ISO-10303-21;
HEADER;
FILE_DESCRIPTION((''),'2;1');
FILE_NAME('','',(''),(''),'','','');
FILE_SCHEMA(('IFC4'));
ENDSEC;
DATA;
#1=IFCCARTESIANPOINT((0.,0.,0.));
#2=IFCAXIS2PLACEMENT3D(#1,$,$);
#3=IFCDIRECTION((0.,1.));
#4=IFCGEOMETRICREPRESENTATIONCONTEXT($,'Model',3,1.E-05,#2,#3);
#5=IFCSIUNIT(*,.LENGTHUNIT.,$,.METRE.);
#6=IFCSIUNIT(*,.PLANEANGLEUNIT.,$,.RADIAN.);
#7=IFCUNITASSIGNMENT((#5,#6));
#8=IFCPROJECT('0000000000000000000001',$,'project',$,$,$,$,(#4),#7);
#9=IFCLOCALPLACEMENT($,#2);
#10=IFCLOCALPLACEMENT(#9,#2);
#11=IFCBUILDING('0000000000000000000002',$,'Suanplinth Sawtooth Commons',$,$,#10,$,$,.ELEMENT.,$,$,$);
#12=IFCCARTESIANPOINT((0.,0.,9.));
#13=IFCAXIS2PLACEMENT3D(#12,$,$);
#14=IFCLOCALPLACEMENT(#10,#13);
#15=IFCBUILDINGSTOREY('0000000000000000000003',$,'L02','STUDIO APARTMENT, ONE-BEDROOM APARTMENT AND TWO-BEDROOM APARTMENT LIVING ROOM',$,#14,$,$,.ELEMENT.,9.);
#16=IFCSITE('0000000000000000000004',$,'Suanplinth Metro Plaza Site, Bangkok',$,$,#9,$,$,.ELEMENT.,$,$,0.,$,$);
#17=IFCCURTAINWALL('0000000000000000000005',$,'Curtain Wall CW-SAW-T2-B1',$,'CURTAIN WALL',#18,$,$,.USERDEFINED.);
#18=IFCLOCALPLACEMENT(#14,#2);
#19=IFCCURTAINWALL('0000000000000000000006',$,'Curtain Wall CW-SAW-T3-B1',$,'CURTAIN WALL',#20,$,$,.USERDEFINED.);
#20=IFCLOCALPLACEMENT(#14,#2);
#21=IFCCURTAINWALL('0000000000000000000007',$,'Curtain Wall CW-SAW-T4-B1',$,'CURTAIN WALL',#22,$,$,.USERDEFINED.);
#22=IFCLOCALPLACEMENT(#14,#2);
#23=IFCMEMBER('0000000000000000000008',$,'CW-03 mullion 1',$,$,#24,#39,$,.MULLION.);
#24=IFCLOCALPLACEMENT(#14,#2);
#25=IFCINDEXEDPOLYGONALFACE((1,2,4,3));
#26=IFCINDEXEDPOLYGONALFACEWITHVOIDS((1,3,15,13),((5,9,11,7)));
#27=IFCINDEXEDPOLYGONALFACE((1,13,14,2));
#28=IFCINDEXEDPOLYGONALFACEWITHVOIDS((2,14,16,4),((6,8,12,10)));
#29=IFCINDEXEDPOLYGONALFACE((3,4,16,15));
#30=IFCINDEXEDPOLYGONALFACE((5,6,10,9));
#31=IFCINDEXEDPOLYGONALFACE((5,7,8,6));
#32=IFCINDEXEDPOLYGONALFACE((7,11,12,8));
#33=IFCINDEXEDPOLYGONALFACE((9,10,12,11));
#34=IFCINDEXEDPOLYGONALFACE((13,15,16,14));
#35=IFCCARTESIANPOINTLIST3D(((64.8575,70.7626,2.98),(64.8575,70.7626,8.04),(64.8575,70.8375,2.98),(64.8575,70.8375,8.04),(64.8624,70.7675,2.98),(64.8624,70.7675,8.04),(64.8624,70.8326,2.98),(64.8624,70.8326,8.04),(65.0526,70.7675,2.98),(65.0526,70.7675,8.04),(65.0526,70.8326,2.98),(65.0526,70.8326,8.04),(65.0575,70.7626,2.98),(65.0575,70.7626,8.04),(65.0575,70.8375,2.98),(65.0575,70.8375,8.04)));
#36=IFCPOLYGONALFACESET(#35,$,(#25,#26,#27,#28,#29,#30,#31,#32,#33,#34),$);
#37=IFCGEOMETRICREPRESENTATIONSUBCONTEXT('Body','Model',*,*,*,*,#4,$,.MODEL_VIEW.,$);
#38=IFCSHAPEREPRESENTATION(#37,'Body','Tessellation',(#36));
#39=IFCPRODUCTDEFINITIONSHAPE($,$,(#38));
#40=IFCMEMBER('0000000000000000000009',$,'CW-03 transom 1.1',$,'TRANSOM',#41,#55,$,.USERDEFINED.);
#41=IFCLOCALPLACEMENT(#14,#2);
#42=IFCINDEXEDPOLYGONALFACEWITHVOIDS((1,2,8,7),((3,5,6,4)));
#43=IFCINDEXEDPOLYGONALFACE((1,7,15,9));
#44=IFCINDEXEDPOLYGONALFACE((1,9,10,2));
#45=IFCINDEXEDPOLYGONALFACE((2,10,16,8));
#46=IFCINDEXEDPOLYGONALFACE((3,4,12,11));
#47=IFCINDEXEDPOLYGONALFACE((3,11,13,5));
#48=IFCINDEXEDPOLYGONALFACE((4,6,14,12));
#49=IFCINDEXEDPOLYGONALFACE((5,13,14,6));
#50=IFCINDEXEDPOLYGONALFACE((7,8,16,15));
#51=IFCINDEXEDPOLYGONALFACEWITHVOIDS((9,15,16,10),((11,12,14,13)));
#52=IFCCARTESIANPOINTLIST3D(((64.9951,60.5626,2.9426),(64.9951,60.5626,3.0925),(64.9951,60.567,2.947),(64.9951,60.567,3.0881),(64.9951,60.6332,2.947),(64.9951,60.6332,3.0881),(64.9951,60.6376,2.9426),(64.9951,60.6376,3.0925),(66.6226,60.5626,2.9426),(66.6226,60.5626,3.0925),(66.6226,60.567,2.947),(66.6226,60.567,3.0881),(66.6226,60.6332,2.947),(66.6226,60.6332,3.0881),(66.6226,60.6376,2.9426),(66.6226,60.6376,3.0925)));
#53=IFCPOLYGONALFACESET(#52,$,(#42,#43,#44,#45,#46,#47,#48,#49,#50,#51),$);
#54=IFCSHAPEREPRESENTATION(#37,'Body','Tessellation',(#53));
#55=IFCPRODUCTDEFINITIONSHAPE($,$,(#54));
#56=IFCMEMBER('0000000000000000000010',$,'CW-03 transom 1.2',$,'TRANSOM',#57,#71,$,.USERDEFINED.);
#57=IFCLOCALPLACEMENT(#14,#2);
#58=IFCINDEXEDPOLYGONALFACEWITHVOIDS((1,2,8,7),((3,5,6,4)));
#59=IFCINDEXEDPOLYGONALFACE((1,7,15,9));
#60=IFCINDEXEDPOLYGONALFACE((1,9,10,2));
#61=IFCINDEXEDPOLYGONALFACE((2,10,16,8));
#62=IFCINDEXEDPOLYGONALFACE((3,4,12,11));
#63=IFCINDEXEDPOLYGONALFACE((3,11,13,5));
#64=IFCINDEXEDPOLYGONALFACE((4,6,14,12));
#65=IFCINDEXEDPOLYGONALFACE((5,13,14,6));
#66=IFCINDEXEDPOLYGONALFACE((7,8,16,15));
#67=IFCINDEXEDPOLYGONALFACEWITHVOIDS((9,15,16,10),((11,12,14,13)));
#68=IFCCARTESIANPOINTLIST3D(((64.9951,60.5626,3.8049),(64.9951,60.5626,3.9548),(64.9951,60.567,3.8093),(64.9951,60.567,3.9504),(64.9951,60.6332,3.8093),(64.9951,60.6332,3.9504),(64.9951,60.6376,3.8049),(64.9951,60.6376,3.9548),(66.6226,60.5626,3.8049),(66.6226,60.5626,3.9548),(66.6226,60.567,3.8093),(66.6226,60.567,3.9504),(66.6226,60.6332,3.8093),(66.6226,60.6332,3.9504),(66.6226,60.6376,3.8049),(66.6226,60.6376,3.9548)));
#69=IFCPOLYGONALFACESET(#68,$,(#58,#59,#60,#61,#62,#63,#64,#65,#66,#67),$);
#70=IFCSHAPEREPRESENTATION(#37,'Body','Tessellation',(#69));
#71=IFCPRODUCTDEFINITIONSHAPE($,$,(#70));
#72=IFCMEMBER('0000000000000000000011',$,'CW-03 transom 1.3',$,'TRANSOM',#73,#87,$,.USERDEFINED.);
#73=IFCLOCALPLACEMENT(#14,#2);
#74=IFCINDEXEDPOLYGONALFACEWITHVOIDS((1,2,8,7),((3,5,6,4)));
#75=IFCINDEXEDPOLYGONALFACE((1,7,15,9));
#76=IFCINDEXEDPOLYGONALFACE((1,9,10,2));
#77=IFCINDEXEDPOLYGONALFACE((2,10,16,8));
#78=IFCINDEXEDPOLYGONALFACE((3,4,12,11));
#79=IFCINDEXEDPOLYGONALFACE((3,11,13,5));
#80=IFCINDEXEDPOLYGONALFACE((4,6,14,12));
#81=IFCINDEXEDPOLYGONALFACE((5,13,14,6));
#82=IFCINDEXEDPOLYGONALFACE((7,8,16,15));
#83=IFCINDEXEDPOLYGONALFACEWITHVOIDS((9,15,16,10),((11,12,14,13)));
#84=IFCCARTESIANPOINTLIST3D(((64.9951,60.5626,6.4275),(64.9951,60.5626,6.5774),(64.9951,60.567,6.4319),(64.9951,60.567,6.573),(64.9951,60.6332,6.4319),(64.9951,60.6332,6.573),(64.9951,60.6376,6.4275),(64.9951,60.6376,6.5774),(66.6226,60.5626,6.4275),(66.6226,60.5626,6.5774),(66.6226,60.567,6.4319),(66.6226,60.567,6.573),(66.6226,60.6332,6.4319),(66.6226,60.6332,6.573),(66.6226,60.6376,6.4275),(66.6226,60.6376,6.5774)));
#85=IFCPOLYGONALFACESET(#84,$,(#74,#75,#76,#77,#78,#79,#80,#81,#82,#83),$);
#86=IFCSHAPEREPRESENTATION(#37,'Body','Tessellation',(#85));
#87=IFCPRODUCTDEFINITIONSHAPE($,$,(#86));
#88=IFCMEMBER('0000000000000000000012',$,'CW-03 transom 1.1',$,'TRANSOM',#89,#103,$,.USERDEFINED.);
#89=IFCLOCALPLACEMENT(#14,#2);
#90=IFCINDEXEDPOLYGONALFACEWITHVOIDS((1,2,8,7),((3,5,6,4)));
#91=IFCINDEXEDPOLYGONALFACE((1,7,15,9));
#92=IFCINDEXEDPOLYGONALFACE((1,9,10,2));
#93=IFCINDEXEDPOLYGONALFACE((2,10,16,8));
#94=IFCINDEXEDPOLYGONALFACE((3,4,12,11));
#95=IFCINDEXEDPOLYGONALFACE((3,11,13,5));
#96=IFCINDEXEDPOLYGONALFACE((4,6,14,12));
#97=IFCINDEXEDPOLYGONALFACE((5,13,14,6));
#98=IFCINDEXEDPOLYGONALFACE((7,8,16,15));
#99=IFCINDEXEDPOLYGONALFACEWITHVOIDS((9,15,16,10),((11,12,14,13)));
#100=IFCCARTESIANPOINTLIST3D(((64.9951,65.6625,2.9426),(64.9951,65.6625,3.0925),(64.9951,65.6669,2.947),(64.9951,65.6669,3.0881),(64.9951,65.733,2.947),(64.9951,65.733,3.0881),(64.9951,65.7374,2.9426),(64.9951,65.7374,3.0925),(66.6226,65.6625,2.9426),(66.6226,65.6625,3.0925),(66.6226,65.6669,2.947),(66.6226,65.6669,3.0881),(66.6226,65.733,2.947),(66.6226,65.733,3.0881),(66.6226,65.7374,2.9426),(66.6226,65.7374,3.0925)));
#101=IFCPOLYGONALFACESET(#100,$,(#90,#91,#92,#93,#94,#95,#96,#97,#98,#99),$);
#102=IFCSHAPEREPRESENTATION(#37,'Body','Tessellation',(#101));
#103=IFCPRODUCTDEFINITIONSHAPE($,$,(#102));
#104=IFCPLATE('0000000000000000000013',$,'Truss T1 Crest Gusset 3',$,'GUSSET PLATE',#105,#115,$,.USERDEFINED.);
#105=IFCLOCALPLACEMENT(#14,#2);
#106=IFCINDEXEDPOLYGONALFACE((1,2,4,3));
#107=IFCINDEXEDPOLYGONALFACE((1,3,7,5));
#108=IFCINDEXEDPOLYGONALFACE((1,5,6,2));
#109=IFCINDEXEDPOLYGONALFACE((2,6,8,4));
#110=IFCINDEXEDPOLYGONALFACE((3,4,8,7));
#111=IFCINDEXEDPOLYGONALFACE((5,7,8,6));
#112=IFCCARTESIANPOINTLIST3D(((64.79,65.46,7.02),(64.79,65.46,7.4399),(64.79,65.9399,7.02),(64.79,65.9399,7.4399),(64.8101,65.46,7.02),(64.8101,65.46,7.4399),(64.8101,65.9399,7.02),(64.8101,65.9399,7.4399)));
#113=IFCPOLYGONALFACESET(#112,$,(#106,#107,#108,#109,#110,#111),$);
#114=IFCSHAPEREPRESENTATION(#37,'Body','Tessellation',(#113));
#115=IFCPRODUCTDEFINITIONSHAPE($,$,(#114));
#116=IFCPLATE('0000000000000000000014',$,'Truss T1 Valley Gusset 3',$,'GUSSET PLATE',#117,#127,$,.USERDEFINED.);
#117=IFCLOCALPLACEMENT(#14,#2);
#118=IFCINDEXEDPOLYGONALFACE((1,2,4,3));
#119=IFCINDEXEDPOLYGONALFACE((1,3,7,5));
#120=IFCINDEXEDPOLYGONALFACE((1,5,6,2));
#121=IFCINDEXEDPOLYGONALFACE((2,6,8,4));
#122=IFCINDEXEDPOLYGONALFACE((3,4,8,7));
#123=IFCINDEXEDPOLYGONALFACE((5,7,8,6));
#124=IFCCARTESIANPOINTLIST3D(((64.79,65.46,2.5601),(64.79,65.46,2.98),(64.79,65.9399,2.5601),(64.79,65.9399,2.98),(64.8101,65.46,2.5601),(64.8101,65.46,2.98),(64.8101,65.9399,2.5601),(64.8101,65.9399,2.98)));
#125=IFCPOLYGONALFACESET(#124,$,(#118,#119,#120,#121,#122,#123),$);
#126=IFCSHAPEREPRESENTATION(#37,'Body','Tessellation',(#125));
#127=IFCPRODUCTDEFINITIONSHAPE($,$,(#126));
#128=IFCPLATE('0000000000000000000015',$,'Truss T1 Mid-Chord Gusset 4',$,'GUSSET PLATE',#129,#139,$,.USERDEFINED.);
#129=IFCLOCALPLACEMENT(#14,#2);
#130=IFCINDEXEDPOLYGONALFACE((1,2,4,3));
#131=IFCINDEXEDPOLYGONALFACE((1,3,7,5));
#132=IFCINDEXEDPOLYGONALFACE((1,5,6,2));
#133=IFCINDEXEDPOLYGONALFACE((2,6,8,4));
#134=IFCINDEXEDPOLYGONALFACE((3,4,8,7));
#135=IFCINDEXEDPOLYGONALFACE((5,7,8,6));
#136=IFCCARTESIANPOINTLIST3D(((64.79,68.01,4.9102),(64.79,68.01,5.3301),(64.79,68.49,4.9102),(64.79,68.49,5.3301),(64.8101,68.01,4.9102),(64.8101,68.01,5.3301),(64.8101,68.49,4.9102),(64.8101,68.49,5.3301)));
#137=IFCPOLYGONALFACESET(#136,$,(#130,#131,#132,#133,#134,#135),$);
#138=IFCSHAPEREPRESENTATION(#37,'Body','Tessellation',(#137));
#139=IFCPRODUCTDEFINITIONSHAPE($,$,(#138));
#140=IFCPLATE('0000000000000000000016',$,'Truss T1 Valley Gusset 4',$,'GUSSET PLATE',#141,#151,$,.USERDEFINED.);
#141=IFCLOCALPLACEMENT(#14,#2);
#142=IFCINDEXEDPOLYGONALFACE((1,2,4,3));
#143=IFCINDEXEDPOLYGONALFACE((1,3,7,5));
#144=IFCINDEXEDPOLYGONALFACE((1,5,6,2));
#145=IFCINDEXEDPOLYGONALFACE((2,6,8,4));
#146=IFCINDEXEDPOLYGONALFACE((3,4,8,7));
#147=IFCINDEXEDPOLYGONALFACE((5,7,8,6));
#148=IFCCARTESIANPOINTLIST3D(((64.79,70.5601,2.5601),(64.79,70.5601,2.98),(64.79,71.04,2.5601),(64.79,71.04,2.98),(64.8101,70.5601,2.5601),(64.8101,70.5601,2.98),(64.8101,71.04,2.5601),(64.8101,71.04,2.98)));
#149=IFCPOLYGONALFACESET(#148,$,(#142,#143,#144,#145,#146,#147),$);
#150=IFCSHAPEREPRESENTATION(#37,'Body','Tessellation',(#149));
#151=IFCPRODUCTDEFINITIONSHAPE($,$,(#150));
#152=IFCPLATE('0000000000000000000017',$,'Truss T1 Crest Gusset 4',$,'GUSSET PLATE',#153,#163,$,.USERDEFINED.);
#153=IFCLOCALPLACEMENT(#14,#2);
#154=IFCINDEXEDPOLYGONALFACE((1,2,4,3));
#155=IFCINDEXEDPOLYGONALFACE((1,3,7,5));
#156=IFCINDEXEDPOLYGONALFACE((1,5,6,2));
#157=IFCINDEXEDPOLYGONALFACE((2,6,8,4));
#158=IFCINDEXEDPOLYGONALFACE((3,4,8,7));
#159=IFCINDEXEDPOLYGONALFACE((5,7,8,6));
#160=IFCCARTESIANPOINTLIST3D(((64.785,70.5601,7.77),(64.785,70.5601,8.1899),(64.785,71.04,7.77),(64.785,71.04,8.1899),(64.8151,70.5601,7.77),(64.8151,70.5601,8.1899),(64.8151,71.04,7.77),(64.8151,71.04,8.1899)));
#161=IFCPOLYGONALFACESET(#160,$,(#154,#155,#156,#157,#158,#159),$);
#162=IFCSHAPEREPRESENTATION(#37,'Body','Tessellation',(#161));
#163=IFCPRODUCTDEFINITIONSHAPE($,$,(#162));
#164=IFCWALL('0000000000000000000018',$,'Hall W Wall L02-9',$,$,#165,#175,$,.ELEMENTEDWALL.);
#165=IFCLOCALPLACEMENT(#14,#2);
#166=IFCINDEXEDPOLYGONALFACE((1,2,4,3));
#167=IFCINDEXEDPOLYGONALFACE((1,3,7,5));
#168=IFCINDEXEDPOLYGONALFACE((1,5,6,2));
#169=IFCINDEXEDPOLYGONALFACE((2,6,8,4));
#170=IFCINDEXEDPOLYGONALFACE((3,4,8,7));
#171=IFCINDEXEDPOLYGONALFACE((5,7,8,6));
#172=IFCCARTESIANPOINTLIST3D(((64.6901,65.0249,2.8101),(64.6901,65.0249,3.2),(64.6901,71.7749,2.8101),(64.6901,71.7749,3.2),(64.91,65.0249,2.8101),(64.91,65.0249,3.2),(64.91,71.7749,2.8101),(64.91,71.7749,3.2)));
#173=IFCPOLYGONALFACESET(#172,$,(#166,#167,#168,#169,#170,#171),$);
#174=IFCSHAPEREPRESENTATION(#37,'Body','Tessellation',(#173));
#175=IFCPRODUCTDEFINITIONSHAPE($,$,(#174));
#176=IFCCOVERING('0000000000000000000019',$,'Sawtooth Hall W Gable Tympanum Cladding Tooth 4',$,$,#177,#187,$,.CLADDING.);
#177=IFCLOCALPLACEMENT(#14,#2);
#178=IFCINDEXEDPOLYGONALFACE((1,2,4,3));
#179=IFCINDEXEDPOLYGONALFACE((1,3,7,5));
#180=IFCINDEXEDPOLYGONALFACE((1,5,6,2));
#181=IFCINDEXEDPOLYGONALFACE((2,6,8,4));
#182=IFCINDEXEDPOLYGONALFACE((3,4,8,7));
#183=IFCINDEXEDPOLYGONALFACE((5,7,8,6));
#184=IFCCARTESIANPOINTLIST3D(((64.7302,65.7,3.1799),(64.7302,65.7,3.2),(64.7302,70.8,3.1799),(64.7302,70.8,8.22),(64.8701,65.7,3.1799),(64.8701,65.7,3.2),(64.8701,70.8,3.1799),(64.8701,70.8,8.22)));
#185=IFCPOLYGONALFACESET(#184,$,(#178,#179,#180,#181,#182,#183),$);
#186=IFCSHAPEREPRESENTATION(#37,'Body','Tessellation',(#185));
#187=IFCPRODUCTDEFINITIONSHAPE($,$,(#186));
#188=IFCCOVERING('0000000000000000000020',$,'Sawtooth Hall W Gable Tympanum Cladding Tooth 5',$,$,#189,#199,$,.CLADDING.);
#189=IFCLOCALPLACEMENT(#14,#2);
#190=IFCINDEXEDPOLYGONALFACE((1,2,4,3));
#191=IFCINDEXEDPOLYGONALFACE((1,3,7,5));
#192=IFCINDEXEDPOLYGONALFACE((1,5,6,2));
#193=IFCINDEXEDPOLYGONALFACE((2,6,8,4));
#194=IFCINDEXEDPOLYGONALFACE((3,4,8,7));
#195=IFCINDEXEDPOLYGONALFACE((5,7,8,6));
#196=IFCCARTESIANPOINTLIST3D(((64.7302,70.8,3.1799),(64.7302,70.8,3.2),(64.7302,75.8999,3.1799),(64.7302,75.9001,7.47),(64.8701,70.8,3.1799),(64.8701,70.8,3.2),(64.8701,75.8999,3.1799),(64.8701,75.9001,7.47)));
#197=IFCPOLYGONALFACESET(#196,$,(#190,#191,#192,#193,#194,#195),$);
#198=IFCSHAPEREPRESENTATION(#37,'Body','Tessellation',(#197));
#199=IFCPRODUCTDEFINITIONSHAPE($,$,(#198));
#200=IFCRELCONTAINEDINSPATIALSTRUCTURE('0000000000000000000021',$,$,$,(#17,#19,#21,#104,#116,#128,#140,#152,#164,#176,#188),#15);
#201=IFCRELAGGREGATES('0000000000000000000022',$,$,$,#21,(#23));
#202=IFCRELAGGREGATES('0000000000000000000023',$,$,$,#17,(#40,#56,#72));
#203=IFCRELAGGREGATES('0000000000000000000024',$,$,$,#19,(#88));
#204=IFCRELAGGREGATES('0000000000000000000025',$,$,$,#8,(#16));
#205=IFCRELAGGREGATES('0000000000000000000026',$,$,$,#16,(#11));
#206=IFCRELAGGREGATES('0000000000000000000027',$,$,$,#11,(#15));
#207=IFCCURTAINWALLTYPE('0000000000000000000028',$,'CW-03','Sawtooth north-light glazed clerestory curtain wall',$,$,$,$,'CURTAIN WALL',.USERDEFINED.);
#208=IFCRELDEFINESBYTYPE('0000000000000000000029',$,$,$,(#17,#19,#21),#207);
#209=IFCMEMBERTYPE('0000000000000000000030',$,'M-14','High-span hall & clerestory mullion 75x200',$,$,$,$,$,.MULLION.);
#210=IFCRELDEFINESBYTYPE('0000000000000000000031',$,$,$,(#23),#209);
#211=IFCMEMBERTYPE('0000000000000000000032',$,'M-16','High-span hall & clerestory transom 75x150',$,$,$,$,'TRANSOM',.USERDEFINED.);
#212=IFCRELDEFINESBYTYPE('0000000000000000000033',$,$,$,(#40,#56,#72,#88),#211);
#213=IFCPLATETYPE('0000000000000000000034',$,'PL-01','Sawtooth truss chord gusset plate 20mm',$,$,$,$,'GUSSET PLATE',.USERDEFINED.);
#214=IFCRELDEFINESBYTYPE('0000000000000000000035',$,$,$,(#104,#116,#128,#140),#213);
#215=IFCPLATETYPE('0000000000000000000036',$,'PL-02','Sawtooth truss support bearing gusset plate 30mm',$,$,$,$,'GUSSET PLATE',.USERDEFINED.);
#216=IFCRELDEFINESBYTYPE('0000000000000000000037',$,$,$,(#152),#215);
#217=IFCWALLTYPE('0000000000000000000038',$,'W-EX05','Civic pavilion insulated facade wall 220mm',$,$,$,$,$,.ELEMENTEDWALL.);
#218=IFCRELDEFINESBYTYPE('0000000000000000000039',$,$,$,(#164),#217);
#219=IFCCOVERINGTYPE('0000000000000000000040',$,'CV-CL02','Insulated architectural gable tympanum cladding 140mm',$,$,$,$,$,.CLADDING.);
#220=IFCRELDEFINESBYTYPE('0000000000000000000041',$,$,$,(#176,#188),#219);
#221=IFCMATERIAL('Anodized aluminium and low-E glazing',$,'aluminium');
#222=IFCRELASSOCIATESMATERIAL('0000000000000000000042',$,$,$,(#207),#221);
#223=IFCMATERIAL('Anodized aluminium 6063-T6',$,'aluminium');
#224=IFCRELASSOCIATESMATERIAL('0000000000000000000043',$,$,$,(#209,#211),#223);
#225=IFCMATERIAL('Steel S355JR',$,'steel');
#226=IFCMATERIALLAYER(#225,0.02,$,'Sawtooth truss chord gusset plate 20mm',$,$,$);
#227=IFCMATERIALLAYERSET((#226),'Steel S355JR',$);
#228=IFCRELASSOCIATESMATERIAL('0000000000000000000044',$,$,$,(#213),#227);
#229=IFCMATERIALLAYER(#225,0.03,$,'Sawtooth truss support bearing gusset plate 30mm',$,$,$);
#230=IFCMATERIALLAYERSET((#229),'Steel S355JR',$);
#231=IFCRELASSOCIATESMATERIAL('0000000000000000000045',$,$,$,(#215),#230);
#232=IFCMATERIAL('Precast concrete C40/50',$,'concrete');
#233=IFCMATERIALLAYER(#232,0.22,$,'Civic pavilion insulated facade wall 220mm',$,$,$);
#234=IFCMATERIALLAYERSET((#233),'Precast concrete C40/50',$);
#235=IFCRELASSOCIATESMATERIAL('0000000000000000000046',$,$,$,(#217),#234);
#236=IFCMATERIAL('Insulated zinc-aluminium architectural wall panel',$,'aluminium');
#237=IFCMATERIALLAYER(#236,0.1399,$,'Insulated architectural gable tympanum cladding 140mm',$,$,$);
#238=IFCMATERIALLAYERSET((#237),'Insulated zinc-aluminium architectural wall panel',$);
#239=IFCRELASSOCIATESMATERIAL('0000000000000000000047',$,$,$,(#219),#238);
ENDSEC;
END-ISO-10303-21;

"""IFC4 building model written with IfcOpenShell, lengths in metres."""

from ifc_helpers import new_model, si_unit, direction, frame, frame_2d, origin, origin_2d, place, context, subcontext, project, spatial, polyline, rectangle, hollow_rectangle, outline, extrude, material, layer, layer_set, material_profile, profile_set, type_object, element, aggregate, save


model = new_model("IFC4")

# Units and contexts
model_context = context("Model", 3, precision=1e-05, world=origin(), true_north=direction((0.0, 1.0)))
body_context = subcontext(model_context, "Body", "Model", "MODEL_VIEW")
ifc_project = project(units=[si_unit("LENGTHUNIT", "METRE"), si_unit("PLANEANGLEUNIT", "RADIAN")], contexts=[model_context])

# Site, building, storey
site_placement = place(None, origin())
site = spatial("IfcSite", under=ifc_project, at=site_placement, Name="Suanplinth Metro Plaza Site, Bangkok", CompositionType="ELEMENT", RefElevation=0.0)
building_placement = place(site_placement, origin())
building = spatial("IfcBuilding", under=site, at=building_placement, Name="Suanplinth Sawtooth Commons", CompositionType="ELEMENT")
storey_placement = place(building_placement, frame((0.0, 0.0, 9.0)))
storey = spatial("IfcBuildingStorey", under=building, at=storey_placement, Name="L02", Description="STUDIO APARTMENT, ONE-BEDROOM APARTMENT AND TWO-BEDROOM APARTMENT LIVING ROOM", CompositionType="ELEMENT", Elevation=9.0)

# Shared definitions
ifc_material_1 = material(Name="Steel S355JR", Category="steel")

# Curtain walls, member
ifc_material_2 = material(Name="Anodized aluminium and low-E glazing", Category="aluminium")
curtain_wall_type = type_object("IfcCurtainWallType", Name="CW-03", Description="Sawtooth north-light glazed clerestory curtain wall", ElementType="CURTAIN WALL", PredefinedType="USERDEFINED", material=ifc_material_2)
curtain_wall_1_placement = place(storey_placement, origin())
curtain_wall_1 = element("IfcCurtainWall", 1, at=curtain_wall_1_placement, inside=storey, type_object=curtain_wall_type, Name="Curtain Wall CW-SAW-T2-B1", ObjectType="CURTAIN WALL", PredefinedType="USERDEFINED")
ifc_material_3 = material(Name="Anodized aluminium 6063-T6", Category="aluminium")
ifc_material_profile_1 = material_profile(ifc_material_3, hollow_rectangle(XDim=0.075, YDim=0.2, WallThickness=0.0049, at=origin_2d()), Name="ALU-MUL 75x200")
ifc_profile_set_1 = profile_set([ifc_material_profile_1], Name="Anodized aluminium 6063-T6")
member_type_1 = type_object("IfcMemberType", Name="M-14", Description="High-span hall & clerestory mullion 75x200", PredefinedType="MULLION", material=ifc_profile_set_1)
curtain_wall_2_placement = place(storey_placement, origin())
curtain_wall_2 = element("IfcCurtainWall", 2, at=curtain_wall_2_placement, inside=storey, type_object=curtain_wall_type, Name="Curtain Wall CW-SAW-T3-B1", ObjectType="CURTAIN WALL", PredefinedType="USERDEFINED")
curtain_wall_3_placement = place(storey_placement, origin())
curtain_wall_3 = element("IfcCurtainWall", 3, at=curtain_wall_3_placement, inside=storey, type_object=curtain_wall_type, Name="Curtain Wall CW-SAW-T4-B1", ObjectType="CURTAIN WALL", PredefinedType="USERDEFINED")
member_1_placement = place(storey_placement, frame((64.9575, 70.8, 2.98), z_axis=(0.0, 0.0, 1.0), x_axis=(0.0, 1.0, 0.0)))
member_1 = element("IfcMember", 4, at=member_1_placement, type_object=member_type_1, Name="CW-03 mullion 1", PredefinedType="MULLION", context=body_context, shape_type="SweptSolid", body=[
    extrude(hollow_rectangle(XDim=0.075, YDim=0.2, WallThickness=0.0049, at=origin_2d()), origin(), (0.0, 0.0, 1.0), 5.0601),
])
aggregate(curtain_wall_3, [member_1])

# Members
ifc_material_profile_2 = material_profile(ifc_material_3, hollow_rectangle(XDim=0.075, YDim=0.1499, WallThickness=0.0044, at=origin_2d()), Name="ALU-TRN 75x150")
ifc_profile_set_2 = profile_set([ifc_material_profile_2], Name="Anodized aluminium 6063-T6")
member_type_2 = type_object("IfcMemberType", Name="M-16", Description="High-span hall & clerestory transom 75x150", ElementType="TRANSOM", PredefinedType="USERDEFINED", material=ifc_profile_set_2)
member_2_placement = place(storey_placement, frame((64.9951, 60.6001, 3.0176), z_axis=(1.0, 0.0, 0.0), x_axis=(0.0, 1.0, 0.0)))
member_2 = element("IfcMember", 5, at=member_2_placement, type_object=member_type_2, Name="CW-03 transom 1.1", ObjectType="TRANSOM", PredefinedType="USERDEFINED", context=body_context, shape_type="SweptSolid", body=[
    extrude(hollow_rectangle(XDim=0.075, YDim=0.1499, WallThickness=0.0044, at=origin_2d()), origin(), (0.0, 0.0, 1.0), 1.6274),
])
member_3_placement = place(storey_placement, frame((64.9951, 60.6001, 3.8799), z_axis=(1.0, 0.0, 0.0), x_axis=(0.0, 1.0, 0.0)))
member_3 = element("IfcMember", 6, at=member_3_placement, type_object=member_type_2, Name="CW-03 transom 1.2", ObjectType="TRANSOM", PredefinedType="USERDEFINED", context=body_context, shape_type="SweptSolid", body=[
    extrude(hollow_rectangle(XDim=0.075, YDim=0.1499, WallThickness=0.0044, at=origin_2d()), origin(), (0.0, 0.0, 1.0), 1.6274),
])
member_4_placement = place(storey_placement, frame((64.9951, 60.6001, 6.5024), z_axis=(1.0, 0.0, 0.0), x_axis=(0.0, 1.0, 0.0)))
member_4 = element("IfcMember", 7, at=member_4_placement, type_object=member_type_2, Name="CW-03 transom 1.3", ObjectType="TRANSOM", PredefinedType="USERDEFINED", context=body_context, shape_type="SweptSolid", body=[
    extrude(hollow_rectangle(XDim=0.075, YDim=0.1499, WallThickness=0.0044, at=origin_2d()), origin(), (0.0, 0.0, 1.0), 1.6274),
])
aggregate(curtain_wall_1, [member_2, member_3, member_4])
member_5_placement = place(storey_placement, frame((64.9951, 65.7, 3.0176), z_axis=(1.0, 0.0, 0.0), x_axis=(0.0, 1.0, 0.0)))
member_5 = element("IfcMember", 8, at=member_5_placement, type_object=member_type_2, Name="CW-03 transom 1.1", ObjectType="TRANSOM", PredefinedType="USERDEFINED", context=body_context, shape_type="SweptSolid", body=[
    extrude(hollow_rectangle(XDim=0.075, YDim=0.1499, WallThickness=0.0044, at=origin_2d()), origin(), (0.0, 0.0, 1.0), 1.6274),
])
aggregate(curtain_wall_2, [member_5])

# Plates
ifc_layer_1 = layer(ifc_material_1, 0.02, Name="Sawtooth truss chord gusset plate 20mm")
ifc_layer_set_1 = layer_set([ifc_layer_1], Name="Steel S355JR")
plate_type_1 = type_object("IfcPlateType", Name="PL-01", Description="Sawtooth truss chord gusset plate 20mm", ElementType="GUSSET PLATE", PredefinedType="USERDEFINED", material=ifc_layer_set_1)
for number, where, z_axis, x_axis, name in (
    (9, (64.8, 65.7, 7.02), (0.0, 0.0, 1.0), (1.0, 0.0, 0.0), "Truss T1 Crest Gusset 3"),
    (10, (64.8, 65.7, 2.5601), (0.0, 0.0, 1.0), (1.0, 0.0, 0.0), "Truss T1 Valley Gusset 3"),
    (11, (64.8, 68.25, 4.9102), (0.0, 0.0, 1.0), (1.0, 0.0, 0.0), "Truss T1 Mid-Chord Gusset 4"),
    (12, (64.8, 70.8, 2.5601), (0.0, 0.0, 1.0), (1.0, 0.0, 0.0), "Truss T1 Valley Gusset 4"),
):
    element("IfcPlate", number, at=place(storey_placement, frame(where, z_axis=z_axis, x_axis=x_axis)), inside=storey, type_object=plate_type_1, Name=name, ObjectType="GUSSET PLATE", PredefinedType="USERDEFINED", context=body_context, shape_type="SweptSolid", body=[
        extrude(rectangle(XDim=0.02, YDim=0.48, at=origin_2d()), origin(), (0.0, 0.0, 1.0), 0.4199),
    ])
ifc_layer_2 = layer(ifc_material_1, 0.03, Name="Sawtooth truss support bearing gusset plate 30mm")
ifc_layer_set_2 = layer_set([ifc_layer_2], Name="Steel S355JR")
plate_type_2 = type_object("IfcPlateType", Name="PL-02", Description="Sawtooth truss support bearing gusset plate 30mm", ElementType="GUSSET PLATE", PredefinedType="USERDEFINED", material=ifc_layer_set_2)
plate_placement = place(storey_placement, frame((64.8, 70.8, 7.77), z_axis=(0.0, 0.0, 1.0), x_axis=(1.0, 0.0, 0.0)))
element("IfcPlate", 13, at=plate_placement, inside=storey, type_object=plate_type_2, Name="Truss T1 Crest Gusset 4", ObjectType="GUSSET PLATE", PredefinedType="USERDEFINED", context=body_context, shape_type="SweptSolid", body=[
    extrude(rectangle(XDim=0.03, YDim=0.48, at=origin_2d()), origin(), (0.0, 0.0, 1.0), 0.4199),
])

# Wall
ifc_material_4 = material(Name="Precast concrete C40/50", Category="concrete")
ifc_layer_3 = layer(ifc_material_4, 0.22, Name="Civic pavilion insulated facade wall 220mm")
ifc_layer_set_3 = layer_set([ifc_layer_3], Name="Precast concrete C40/50")
wall_type = type_object("IfcWallType", Name="W-EX05", Description="Civic pavilion insulated facade wall 220mm", PredefinedType="ELEMENTEDWALL", material=ifc_layer_set_3)
wall_placement = place(storey_placement, frame((64.8, 65.0249, 2.8101), z_axis=(0.0, 0.0, 1.0), x_axis=(0.0, 1.0, 0.0)))
element("IfcWall", 14, at=wall_placement, inside=storey, type_object=wall_type, Name="Hall W Wall L02-9", PredefinedType="ELEMENTEDWALL", context=body_context, shape_type="SweptSolid", body=[
    extrude(rectangle(XDim=6.75, YDim=0.22, at=frame_2d((3.375, 0.0))), origin(), (0.0, 0.0, 1.0), 0.3899),
])

# Coverings
ifc_material_5 = material(Name="Insulated zinc-aluminium architectural wall panel", Category="aluminium")
ifc_layer_4 = layer(ifc_material_5, 0.1399, Name="Insulated architectural gable tympanum cladding 140mm")
ifc_layer_set_4 = layer_set([ifc_layer_4], Name="Insulated zinc-aluminium architectural wall panel")
covering_type = type_object("IfcCoveringType", Name="CV-CL02", Description="Insulated architectural gable tympanum cladding 140mm", PredefinedType="CLADDING", material=ifc_layer_set_4)
covering_1_placement = place(storey_placement, frame((64.8, 65.7, 3.1799), z_axis=(0.0, 0.0, 1.0), x_axis=(0.0, 1.0, 0.0)))
element("IfcCovering", 15, at=covering_1_placement, inside=storey, type_object=covering_type, Name="Sawtooth Hall W Gable Tympanum Cladding Tooth 4", PredefinedType="CLADDING", context=body_context, shape_type="SweptSolid", body=[
    extrude(outline(polyline([(0.0, 0.0), (5.1001, 0.0), (5.1001, 5.04), (0.0, 0.02), (0.0, 0.0)])), frame((0.0, 0.0698, 0.0), z_axis=(0.0, -1.0, 0.0), x_axis=(1.0, 0.0, 0.0)), (0.0, 0.0, 1.0), 0.1399),
])
covering_2_placement = place(storey_placement, frame((64.8, 70.8, 3.1799), z_axis=(0.0, 0.0, 1.0), x_axis=(0.0, 1.0, 0.0)))
element("IfcCovering", 16, at=covering_2_placement, inside=storey, type_object=covering_type, Name="Sawtooth Hall W Gable Tympanum Cladding Tooth 5", PredefinedType="CLADDING", context=body_context, shape_type="SweptSolid", body=[
    extrude(outline(polyline([(0.0, 0.0), (5.0999, 0.0), (5.1001, 4.29), (0.0, 0.02), (0.0, 0.0)])), frame((0.0, 0.0698, 0.0), z_axis=(0.0, -1.0, 0.0), x_axis=(1.0, 0.0, 0.0)), (0.0, 0.0, 1.0), 0.1399),
])

save(model, "model.ifc")
